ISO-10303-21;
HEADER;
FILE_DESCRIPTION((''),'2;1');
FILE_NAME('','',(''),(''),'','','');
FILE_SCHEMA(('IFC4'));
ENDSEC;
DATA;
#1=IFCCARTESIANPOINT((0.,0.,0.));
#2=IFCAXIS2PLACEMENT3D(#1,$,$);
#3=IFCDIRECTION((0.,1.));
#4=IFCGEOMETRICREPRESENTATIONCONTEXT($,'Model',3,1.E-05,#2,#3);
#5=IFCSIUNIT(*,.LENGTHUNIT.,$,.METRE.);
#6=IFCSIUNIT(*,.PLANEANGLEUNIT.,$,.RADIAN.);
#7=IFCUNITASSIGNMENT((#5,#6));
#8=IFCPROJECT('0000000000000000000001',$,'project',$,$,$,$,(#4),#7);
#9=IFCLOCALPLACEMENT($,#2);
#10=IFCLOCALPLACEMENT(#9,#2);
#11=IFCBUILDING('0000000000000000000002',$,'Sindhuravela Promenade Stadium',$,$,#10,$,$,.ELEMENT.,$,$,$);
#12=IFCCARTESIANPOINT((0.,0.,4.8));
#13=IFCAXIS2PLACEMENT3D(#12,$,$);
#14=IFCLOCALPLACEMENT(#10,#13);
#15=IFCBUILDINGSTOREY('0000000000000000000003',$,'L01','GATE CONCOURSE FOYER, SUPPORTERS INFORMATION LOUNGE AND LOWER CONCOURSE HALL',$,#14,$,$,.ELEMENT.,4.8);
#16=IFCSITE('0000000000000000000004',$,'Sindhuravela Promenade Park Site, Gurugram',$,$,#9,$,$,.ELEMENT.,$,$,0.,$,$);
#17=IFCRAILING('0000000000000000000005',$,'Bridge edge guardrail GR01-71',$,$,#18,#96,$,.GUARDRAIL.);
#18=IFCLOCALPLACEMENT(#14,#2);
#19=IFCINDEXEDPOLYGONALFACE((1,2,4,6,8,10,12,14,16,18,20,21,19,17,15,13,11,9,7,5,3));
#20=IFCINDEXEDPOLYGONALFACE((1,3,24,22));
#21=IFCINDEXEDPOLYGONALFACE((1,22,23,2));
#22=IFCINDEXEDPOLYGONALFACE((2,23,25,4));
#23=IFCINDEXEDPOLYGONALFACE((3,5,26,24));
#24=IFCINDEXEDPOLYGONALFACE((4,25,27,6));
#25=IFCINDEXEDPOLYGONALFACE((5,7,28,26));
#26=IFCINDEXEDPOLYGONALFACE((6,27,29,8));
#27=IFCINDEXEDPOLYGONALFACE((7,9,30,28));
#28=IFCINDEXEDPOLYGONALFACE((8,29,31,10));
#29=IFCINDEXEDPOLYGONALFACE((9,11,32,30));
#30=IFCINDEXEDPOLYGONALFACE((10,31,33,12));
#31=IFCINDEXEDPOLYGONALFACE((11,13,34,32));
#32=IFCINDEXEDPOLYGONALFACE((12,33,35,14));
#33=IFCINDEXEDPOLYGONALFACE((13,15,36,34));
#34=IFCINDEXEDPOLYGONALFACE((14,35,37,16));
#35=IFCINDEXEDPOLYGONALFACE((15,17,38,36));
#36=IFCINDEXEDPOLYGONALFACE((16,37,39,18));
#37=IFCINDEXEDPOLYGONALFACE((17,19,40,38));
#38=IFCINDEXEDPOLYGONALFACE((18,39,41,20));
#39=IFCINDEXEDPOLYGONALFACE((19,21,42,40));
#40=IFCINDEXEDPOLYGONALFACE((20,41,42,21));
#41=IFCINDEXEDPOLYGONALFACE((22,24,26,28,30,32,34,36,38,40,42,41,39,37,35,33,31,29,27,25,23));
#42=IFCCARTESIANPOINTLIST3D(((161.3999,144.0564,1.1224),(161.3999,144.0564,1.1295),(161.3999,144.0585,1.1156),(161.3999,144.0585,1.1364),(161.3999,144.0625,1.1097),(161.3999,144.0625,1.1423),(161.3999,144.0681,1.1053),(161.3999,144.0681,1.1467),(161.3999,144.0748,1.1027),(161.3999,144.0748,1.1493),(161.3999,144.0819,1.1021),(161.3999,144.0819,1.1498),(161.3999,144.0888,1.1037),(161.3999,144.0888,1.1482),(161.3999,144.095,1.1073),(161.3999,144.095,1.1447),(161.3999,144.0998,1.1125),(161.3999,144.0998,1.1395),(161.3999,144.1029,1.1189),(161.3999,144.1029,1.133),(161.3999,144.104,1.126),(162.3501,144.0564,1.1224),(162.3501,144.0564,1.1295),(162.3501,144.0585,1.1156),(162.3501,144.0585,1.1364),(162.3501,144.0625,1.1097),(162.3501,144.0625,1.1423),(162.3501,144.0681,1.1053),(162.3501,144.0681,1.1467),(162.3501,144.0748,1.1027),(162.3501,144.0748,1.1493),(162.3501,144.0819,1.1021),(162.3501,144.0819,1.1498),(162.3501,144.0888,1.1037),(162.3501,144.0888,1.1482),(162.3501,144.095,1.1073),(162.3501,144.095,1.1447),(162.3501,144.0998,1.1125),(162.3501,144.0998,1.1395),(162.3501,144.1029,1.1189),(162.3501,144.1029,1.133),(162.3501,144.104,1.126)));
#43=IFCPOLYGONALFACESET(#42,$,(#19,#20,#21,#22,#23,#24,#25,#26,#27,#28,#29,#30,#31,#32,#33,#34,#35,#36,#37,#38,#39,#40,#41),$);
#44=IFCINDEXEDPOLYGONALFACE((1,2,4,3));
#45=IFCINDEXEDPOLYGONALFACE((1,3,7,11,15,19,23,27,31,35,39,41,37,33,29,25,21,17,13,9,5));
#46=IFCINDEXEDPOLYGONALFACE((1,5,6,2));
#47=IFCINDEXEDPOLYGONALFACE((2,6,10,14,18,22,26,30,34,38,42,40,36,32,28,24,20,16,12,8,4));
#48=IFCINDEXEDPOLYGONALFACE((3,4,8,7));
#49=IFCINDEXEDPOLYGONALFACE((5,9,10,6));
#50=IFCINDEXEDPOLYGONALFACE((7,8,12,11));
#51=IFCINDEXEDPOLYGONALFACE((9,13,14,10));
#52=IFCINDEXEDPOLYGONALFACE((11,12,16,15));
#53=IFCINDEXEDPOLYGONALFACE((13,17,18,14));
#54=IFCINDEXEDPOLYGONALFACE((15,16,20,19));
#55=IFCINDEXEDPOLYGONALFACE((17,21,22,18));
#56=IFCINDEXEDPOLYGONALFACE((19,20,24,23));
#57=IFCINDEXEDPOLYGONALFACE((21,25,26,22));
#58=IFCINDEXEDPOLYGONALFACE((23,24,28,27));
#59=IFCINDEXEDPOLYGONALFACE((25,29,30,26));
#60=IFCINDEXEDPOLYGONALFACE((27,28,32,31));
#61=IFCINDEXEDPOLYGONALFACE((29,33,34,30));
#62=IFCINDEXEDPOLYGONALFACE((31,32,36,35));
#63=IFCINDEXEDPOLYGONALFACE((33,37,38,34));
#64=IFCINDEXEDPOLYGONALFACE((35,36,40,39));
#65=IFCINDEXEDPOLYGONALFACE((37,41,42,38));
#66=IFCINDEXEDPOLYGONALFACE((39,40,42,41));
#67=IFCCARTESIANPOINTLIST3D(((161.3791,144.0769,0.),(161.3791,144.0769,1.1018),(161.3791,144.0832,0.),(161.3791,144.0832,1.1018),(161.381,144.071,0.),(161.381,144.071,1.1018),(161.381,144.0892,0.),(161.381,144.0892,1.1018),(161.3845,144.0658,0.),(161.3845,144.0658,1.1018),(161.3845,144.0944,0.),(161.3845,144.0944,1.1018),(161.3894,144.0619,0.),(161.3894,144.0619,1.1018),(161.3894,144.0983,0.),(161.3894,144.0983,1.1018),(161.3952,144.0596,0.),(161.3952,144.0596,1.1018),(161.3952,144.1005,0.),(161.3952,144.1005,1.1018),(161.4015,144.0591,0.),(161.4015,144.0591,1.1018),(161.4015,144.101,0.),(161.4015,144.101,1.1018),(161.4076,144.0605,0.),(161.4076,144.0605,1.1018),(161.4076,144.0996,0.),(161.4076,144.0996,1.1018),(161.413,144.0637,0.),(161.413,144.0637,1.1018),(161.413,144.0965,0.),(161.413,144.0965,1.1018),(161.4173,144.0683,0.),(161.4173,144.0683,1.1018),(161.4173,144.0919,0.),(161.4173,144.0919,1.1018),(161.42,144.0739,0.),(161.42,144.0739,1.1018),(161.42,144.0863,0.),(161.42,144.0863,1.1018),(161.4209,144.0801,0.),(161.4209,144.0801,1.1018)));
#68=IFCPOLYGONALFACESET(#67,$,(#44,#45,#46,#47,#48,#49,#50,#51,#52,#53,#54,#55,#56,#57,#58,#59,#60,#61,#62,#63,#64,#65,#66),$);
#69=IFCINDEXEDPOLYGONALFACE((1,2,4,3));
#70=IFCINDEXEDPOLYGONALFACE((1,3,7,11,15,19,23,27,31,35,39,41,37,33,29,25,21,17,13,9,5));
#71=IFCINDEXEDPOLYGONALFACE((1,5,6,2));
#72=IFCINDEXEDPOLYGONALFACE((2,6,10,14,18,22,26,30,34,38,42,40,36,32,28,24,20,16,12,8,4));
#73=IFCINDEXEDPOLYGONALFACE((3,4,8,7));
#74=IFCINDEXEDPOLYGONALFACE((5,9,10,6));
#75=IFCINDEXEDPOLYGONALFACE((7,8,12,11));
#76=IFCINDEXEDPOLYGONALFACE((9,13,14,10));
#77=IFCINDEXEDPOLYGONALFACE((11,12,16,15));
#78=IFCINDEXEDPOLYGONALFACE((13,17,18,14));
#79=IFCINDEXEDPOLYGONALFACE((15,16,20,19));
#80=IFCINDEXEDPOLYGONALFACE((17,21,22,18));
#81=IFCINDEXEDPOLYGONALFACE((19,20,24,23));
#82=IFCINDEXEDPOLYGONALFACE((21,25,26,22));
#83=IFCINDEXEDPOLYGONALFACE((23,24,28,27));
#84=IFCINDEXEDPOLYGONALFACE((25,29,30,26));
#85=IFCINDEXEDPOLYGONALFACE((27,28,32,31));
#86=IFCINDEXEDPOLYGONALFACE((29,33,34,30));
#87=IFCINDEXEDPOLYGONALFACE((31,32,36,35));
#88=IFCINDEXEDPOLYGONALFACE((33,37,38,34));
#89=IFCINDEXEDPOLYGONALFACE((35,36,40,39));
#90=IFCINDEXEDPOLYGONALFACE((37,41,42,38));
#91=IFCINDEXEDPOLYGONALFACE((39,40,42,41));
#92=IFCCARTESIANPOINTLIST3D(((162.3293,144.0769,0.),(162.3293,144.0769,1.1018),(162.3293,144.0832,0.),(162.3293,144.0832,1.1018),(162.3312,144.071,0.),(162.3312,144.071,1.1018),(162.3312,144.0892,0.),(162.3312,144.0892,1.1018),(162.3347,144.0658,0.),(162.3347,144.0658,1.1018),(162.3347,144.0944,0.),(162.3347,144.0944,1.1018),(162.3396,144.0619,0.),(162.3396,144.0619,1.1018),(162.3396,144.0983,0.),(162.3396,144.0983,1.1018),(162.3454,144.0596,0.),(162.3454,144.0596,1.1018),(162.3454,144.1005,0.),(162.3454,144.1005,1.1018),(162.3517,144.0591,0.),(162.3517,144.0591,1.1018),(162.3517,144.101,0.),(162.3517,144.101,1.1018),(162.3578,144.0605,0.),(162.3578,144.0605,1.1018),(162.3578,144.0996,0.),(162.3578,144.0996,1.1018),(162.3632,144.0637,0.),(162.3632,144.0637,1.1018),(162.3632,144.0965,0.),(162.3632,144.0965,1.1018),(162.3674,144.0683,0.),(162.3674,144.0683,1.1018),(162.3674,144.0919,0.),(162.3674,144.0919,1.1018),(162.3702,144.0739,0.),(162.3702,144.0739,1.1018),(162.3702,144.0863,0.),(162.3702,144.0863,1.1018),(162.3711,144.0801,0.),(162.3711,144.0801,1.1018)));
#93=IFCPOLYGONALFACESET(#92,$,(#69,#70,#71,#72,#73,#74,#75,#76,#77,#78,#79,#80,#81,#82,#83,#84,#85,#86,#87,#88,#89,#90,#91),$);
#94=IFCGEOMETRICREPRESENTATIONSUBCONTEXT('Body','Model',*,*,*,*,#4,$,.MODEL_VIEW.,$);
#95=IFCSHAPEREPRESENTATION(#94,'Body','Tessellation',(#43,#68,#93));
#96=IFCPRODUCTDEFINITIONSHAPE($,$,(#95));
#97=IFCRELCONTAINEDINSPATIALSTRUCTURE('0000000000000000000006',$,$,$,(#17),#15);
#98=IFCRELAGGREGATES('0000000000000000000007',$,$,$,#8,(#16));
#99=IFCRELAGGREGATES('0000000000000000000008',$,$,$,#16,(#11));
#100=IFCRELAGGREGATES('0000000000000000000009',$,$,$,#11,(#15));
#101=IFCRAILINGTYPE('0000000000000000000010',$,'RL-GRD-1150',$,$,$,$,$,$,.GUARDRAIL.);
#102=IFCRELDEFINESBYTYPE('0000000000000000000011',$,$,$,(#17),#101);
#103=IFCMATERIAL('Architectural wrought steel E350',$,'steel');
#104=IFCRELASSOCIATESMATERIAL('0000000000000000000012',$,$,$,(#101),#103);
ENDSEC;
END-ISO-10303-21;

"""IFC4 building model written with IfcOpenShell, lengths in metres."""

from ifc_helpers import new_model, si_unit, direction, frame, origin, origin_2d, place, context, subcontext, project, spatial, circle, extrude, material, type_object, element, save


model = new_model("IFC4")

# Units and contexts
model_context = context("Model", 3, precision=1e-05, world=origin(), true_north=direction((0.0, 1.0)))
body_context = subcontext(model_context, "Body", "Model", "MODEL_VIEW")
ifc_project = project(units=[si_unit("LENGTHUNIT", "METRE"), si_unit("PLANEANGLEUNIT", "RADIAN")], contexts=[model_context])

# Site, building, storey
site_placement = place(None, origin())
site = spatial("IfcSite", under=ifc_project, at=site_placement, Name="Sindhuravela Promenade Park Site, Gurugram", CompositionType="ELEMENT", RefElevation=0.0)
building_placement = place(site_placement, origin())
building = spatial("IfcBuilding", under=site, at=building_placement, Name="Sindhuravela Promenade Stadium", CompositionType="ELEMENT")
storey_placement = place(building_placement, frame((0.0, 0.0, 4.8)))
storey = spatial("IfcBuildingStorey", under=building, at=storey_placement, Name="L01", Description="GATE CONCOURSE FOYER, SUPPORTERS INFORMATION LOUNGE AND LOWER CONCOURSE HALL", CompositionType="ELEMENT", Elevation=4.8)

# Railing
ifc_material_1 = material(Name="Architectural wrought steel E350", Category="steel")
railing_type = type_object("IfcRailingType", Name="RL-GRD-1150", PredefinedType="GUARDRAIL", material=ifc_material_1)
railing_placement = place(storey_placement, frame((161.3999, 144.0801, 0.0)))
element("IfcRailing", 1, at=railing_placement, inside=storey, type_object=railing_type, Name="Bridge edge guardrail GR01-71", PredefinedType="GUARDRAIL", context=body_context, shape_type="SweptSolid", body=[
    extrude(circle(Radius=0.0239, at=origin_2d()), frame((0.0, 0.0, 1.126), z_axis=(1.0, 0.0, 0.0), x_axis=(0.0, 1.0, 0.0)), (0.0, 0.0, 1.0), 0.9502),
    extrude(circle(Radius=0.021, at=origin_2d()), origin(), (0.0, 0.0, 1.0), 1.1018),
    extrude(circle(Radius=0.021, at=origin_2d()), frame((0.9502, 0.0, 0.0)), (0.0, 0.0, 1.0), 1.1018),
])

save(model, "model.ifc")
